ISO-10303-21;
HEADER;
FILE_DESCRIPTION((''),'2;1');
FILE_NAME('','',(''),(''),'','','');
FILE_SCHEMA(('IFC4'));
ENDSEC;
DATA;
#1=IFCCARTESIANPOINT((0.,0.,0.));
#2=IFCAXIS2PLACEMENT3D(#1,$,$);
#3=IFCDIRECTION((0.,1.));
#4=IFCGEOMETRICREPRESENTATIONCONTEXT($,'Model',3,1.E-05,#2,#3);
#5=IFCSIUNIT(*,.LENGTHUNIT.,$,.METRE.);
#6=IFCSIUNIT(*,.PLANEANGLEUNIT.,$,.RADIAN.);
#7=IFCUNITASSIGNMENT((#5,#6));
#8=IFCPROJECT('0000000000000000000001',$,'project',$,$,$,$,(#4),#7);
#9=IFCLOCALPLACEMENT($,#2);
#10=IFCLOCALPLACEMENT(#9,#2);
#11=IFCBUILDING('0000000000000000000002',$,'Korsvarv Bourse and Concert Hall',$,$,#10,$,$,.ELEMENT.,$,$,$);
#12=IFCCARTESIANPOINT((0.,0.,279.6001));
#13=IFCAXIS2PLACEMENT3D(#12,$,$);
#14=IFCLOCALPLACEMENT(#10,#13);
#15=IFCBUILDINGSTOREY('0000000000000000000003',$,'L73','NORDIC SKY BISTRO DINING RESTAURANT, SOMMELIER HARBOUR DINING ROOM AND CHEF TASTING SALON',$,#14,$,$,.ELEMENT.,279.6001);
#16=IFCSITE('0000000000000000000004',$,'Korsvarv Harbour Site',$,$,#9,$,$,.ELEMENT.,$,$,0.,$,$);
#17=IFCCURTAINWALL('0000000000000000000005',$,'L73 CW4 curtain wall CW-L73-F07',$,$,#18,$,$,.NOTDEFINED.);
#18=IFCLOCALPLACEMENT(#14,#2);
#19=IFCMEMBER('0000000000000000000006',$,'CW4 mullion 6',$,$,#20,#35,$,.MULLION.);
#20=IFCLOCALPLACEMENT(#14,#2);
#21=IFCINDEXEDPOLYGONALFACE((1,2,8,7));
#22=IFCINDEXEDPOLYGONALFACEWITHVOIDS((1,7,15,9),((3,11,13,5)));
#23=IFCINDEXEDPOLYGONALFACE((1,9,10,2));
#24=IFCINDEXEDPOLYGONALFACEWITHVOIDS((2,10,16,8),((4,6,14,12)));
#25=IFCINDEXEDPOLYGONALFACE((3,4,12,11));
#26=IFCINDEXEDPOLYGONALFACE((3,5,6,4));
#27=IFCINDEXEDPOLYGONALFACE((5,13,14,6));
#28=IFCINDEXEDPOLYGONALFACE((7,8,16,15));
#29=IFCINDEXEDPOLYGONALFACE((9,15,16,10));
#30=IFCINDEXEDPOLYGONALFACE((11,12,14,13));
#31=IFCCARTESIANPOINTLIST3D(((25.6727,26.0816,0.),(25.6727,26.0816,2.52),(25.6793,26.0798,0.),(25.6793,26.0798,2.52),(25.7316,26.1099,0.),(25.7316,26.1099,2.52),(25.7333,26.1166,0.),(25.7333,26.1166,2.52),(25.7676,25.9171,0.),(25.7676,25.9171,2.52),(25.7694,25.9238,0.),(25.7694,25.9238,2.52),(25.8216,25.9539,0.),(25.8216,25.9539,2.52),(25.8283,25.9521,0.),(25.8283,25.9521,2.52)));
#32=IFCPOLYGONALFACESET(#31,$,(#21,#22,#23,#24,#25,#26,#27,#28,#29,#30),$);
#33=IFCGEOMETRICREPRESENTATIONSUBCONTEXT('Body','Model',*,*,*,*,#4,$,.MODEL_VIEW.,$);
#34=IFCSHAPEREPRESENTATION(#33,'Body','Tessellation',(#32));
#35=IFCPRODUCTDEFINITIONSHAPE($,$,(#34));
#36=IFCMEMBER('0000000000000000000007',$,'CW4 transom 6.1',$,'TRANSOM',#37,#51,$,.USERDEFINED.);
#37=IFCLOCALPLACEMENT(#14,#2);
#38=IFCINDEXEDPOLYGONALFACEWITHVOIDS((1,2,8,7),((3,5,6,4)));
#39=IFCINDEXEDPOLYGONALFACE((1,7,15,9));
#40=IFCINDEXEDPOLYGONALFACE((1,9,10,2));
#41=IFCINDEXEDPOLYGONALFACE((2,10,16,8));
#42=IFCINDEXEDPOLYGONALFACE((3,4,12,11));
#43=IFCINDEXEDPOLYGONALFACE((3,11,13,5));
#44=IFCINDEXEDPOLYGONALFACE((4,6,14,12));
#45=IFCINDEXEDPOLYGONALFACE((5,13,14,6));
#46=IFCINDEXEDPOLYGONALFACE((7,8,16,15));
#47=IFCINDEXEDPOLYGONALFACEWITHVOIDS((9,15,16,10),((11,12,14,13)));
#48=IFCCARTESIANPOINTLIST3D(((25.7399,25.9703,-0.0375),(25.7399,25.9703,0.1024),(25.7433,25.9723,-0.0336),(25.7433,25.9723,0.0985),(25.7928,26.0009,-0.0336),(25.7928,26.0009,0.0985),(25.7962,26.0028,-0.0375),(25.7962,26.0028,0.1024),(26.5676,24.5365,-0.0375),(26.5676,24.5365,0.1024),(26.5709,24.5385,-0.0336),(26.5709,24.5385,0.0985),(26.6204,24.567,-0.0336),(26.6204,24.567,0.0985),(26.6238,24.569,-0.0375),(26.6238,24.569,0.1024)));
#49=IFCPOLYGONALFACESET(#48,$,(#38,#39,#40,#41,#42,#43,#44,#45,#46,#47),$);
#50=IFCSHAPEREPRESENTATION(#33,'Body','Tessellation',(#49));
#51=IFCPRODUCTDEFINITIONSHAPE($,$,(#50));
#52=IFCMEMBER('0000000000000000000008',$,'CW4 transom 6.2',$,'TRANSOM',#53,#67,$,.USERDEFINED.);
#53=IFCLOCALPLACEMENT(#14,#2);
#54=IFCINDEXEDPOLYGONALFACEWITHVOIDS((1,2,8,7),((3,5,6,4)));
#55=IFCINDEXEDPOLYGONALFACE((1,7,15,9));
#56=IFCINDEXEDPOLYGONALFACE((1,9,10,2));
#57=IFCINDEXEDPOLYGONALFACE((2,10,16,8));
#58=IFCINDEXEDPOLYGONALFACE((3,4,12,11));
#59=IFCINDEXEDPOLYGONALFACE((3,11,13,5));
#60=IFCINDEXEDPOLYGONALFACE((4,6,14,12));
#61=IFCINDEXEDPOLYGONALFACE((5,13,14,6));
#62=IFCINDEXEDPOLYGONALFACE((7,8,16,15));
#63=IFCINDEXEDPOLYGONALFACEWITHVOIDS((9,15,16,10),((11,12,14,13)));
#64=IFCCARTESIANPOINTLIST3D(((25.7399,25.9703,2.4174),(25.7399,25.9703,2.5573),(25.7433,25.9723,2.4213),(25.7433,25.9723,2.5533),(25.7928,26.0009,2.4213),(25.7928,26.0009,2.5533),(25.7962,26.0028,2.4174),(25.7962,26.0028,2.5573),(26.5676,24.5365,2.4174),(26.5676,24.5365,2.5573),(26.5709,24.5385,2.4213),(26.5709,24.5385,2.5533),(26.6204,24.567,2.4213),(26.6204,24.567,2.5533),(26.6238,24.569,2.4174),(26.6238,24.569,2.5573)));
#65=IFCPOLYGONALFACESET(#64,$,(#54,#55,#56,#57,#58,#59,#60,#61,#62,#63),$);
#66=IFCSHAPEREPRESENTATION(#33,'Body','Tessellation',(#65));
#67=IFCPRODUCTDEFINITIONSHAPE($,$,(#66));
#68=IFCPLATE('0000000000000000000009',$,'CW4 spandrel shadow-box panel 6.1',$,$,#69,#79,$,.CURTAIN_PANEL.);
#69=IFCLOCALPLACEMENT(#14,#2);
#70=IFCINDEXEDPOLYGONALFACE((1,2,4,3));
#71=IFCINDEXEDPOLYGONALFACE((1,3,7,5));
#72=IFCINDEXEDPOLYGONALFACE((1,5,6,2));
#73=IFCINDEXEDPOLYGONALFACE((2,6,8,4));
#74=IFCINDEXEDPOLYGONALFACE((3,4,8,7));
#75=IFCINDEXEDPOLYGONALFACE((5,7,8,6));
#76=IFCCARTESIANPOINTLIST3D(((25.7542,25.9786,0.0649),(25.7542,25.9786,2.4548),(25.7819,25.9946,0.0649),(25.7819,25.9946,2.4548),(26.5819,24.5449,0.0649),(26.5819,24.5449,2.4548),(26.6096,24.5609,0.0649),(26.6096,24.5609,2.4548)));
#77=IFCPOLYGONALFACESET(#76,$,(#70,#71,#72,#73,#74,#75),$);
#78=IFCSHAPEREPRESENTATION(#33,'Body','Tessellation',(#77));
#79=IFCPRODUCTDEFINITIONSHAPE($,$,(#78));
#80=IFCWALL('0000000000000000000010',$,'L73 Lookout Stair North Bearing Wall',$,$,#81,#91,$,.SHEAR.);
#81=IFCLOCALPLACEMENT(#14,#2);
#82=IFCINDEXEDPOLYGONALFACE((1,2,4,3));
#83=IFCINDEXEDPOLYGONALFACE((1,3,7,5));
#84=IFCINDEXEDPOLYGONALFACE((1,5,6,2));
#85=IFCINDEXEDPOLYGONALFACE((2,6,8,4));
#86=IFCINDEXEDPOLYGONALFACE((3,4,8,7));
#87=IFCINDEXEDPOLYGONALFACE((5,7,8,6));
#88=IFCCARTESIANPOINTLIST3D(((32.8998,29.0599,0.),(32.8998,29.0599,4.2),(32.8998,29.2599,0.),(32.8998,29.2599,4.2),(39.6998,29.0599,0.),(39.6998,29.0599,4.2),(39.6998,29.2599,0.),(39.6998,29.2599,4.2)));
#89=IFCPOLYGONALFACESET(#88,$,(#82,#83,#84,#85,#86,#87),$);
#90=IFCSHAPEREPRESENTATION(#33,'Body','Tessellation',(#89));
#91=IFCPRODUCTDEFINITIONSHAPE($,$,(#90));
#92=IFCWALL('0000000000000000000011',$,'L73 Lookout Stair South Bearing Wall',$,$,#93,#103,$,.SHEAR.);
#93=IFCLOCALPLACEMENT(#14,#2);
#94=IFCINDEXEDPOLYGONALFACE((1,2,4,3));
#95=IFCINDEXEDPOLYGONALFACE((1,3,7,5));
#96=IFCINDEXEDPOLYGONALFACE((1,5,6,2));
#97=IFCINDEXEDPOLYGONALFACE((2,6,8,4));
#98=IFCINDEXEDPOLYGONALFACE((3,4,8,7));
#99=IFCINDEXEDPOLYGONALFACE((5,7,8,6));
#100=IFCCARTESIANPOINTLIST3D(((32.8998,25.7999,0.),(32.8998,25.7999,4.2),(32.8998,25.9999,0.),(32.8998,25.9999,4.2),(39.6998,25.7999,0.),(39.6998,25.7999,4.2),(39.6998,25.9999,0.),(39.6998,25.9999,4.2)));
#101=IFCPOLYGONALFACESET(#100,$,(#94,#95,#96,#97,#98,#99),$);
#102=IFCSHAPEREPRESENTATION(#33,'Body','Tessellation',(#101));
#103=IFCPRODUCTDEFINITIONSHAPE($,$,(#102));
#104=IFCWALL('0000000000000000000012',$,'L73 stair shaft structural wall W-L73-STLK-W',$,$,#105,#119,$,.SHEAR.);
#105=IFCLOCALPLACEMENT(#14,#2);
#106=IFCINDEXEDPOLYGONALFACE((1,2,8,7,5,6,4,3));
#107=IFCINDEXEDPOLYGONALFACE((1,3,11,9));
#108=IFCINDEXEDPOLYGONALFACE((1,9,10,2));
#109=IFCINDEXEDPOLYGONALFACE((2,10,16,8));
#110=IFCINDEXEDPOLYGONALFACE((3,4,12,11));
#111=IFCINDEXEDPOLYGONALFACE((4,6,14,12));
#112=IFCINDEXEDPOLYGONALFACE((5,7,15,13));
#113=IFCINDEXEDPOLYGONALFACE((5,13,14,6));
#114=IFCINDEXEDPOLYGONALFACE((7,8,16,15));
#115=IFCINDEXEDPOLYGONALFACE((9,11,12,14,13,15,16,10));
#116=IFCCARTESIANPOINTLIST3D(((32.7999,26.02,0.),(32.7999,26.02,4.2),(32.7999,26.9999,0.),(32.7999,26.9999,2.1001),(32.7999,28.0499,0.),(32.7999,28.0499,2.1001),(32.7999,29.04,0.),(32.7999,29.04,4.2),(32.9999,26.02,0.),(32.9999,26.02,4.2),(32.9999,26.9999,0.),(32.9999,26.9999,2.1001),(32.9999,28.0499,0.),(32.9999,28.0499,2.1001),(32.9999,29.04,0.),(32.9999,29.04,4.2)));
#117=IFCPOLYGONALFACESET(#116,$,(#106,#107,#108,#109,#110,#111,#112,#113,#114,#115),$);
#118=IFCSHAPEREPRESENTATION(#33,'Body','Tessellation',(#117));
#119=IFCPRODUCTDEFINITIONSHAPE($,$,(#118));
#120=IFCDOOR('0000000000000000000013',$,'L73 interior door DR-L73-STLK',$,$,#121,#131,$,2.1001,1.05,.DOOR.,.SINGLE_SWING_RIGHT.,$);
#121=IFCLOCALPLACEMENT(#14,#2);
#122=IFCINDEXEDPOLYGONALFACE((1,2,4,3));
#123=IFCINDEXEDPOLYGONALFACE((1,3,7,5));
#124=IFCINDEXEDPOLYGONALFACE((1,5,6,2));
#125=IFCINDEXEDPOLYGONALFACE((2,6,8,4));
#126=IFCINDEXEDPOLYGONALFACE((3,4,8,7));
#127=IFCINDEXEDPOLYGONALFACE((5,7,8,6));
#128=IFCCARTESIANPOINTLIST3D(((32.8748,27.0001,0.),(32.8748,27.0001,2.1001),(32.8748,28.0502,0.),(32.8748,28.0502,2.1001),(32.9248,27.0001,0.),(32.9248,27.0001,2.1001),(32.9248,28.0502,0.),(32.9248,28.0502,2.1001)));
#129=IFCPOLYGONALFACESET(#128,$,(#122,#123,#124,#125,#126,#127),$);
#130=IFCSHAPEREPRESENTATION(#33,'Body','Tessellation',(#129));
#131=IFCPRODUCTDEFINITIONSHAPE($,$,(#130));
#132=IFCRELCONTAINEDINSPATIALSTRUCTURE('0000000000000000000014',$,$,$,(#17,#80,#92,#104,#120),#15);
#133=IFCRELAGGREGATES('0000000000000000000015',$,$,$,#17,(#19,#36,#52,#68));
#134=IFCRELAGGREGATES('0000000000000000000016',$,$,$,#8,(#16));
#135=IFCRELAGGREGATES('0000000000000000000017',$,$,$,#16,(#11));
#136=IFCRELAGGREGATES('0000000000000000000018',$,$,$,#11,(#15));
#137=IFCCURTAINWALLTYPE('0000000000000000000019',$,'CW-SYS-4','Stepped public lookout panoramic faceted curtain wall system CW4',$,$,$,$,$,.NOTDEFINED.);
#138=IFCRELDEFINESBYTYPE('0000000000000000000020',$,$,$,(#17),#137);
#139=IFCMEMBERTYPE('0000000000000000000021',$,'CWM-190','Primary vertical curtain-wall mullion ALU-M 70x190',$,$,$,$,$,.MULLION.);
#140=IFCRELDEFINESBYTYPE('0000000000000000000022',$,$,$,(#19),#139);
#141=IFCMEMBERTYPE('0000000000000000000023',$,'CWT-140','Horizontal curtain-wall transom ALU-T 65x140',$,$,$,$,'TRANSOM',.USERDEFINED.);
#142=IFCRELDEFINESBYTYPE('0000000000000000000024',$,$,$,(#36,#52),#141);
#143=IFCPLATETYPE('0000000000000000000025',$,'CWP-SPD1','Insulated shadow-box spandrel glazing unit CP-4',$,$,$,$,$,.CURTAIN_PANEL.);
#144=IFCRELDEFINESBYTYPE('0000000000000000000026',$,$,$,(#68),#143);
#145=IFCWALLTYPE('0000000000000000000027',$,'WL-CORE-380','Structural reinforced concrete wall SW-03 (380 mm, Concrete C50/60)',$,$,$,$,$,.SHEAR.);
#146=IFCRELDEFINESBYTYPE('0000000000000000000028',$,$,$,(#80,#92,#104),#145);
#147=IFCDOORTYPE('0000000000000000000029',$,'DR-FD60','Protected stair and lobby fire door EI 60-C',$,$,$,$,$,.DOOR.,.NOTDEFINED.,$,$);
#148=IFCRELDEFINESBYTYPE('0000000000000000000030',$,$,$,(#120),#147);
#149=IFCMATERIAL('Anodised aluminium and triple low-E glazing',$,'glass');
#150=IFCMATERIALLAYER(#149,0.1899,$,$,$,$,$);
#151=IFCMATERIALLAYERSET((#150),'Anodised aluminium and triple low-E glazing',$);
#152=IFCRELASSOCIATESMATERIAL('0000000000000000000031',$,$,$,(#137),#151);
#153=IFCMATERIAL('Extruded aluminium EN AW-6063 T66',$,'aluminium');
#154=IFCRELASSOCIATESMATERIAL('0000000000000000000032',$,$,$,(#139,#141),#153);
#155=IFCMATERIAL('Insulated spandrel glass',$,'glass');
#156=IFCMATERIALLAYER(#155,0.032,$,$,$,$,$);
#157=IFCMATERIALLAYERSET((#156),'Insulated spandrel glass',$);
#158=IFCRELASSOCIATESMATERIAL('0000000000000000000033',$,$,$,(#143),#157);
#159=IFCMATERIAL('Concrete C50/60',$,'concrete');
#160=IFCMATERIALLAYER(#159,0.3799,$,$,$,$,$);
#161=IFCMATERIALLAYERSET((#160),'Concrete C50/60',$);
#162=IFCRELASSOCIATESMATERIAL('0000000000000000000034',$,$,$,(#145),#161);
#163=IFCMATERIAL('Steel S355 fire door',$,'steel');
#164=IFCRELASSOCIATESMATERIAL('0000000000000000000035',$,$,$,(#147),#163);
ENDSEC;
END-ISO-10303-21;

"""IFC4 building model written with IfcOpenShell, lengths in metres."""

from ifc_helpers import new_model, si_unit, direction, frame, frame_2d, origin, origin_2d, place, context, subcontext, project, spatial, rectangle, hollow_rectangle, extrude, source, transform, mapped, material, layer, layer_set, material_profile, profile_set, type_object, element, fill, aggregate, save


model = new_model("IFC4")

# Units and contexts
model_context = context("Model", 3, precision=1e-05, world=origin(), true_north=direction((0.0, 1.0)))
body_context = subcontext(model_context, "Body", "Model", "MODEL_VIEW")
ifc_project = project(units=[si_unit("LENGTHUNIT", "METRE"), si_unit("PLANEANGLEUNIT", "RADIAN")], contexts=[model_context])

# Site, building, storey
site_placement = place(None, origin())
site = spatial("IfcSite", under=ifc_project, at=site_placement, Name="Korsvarv Harbour Site", CompositionType="ELEMENT", RefElevation=0.0)
building_placement = place(site_placement, origin())
building = spatial("IfcBuilding", under=site, at=building_placement, Name="Korsvarv Bourse and Concert Hall", CompositionType="ELEMENT")
storey_placement = place(building_placement, frame((0.0, 0.0, 279.6001)))
storey = spatial("IfcBuildingStorey", under=building, at=storey_placement, Name="L73", Description="NORDIC SKY BISTRO DINING RESTAURANT, SOMMELIER HARBOUR DINING ROOM AND CHEF TASTING SALON", CompositionType="ELEMENT", Elevation=279.6001)

# Curtain wall, members, plate
ifc_material_1 = material(Name="Anodised aluminium and triple low-E glazing", Category="glass")
ifc_layer_1 = layer(ifc_material_1, 0.1899)
ifc_layer_set_1 = layer_set([ifc_layer_1], Name="Anodised aluminium and triple low-E glazing")
curtain_wall_type = type_object("IfcCurtainWallType", Name="CW-SYS-4", Description="Stepped public lookout panoramic faceted curtain wall system CW4", PredefinedType="NOTDEFINED", material=ifc_layer_set_1)
curtain_wall_placement = place(storey_placement, origin())
curtain_wall = element("IfcCurtainWall", 1, at=curtain_wall_placement, inside=storey, type_object=curtain_wall_type, Name="L73 CW4 curtain wall CW-L73-F07", PredefinedType="NOTDEFINED")
ifc_material_2 = material(Name="Extruded aluminium EN AW-6063 T66", Category="aluminium")
ifc_material_profile_1 = material_profile(ifc_material_2, hollow_rectangle(XDim=0.0701, YDim=0.1899, WallThickness=0.0049, at=origin_2d()), Name="ALU-M 70x190")
ifc_profile_set_1 = profile_set([ifc_material_profile_1], Name="Extruded aluminium EN AW-6063 T66")
member_type_1 = type_object("IfcMemberType", Name="CWM-190", Description="Primary vertical curtain-wall mullion ALU-M 70x190", PredefinedType="MULLION", material=ifc_profile_set_1)
shared_shape_1 = source(origin(), body_context, "Body", "SweptSolid", [
    extrude(hollow_rectangle(XDim=0.0701, YDim=0.1899, WallThickness=0.0049, at=origin_2d()), origin(), (0.0, 0.0, 1.0), 2.52),
])
member_1_placement = place(storey_placement, frame((25.7505, 26.0168, 0.0), z_axis=(0.0, 0.0, 1.0), x_axis=(0.866027, 0.499998, 0.0)))
member_1 = element("IfcMember", 2, at=member_1_placement, type_object=member_type_1, Name="CW4 mullion 6", PredefinedType="MULLION", context=body_context, shape_type="MappedRepresentation", body=[
    mapped(shared_shape_1, transform((0.0, 0.0, 0.0), scale=1.0)),
])
ifc_material_profile_2 = material_profile(ifc_material_2, hollow_rectangle(XDim=0.0649, YDim=0.1399, WallThickness=0.0039, at=origin_2d()), Name="ALU-T 65x140")
ifc_profile_set_2 = profile_set([ifc_material_profile_2], Name="Extruded aluminium EN AW-6063 T66")
member_type_2 = type_object("IfcMemberType", Name="CWT-140", Description="Horizontal curtain-wall transom ALU-T 65x140", ElementType="TRANSOM", PredefinedType="USERDEFINED", material=ifc_profile_set_2)
shared_shape_2 = source(origin(), body_context, "Body", "SweptSolid", [
    extrude(hollow_rectangle(XDim=0.0649, YDim=0.1399, WallThickness=0.0039, at=origin_2d()), origin(), (0.0, 0.0, 1.0), 1.6555),
])
member_2_placement = place(storey_placement, frame((25.7681, 25.9866, 0.0325), z_axis=(0.499914, -0.866075, 0.0), x_axis=(0.866075, 0.499914, 0.0)))
member_2 = element("IfcMember", 3, at=member_2_placement, type_object=member_type_2, Name="CW4 transom 6.1", ObjectType="TRANSOM", PredefinedType="USERDEFINED", context=body_context, shape_type="MappedRepresentation", body=[
    mapped(shared_shape_2, transform((0.0, 0.0, 0.0), scale=1.0)),
])
member_3_placement = place(storey_placement, frame((25.7681, 25.9866, 2.4873), z_axis=(0.499914, -0.866075, 0.0), x_axis=(0.866075, 0.499914, 0.0)))
member_3 = element("IfcMember", 4, at=member_3_placement, type_object=member_type_2, Name="CW4 transom 6.2", ObjectType="TRANSOM", PredefinedType="USERDEFINED", context=body_context, shape_type="MappedRepresentation", body=[
    mapped(shared_shape_2, transform((0.0, 0.0, 0.0), scale=1.0)),
])
ifc_material_3 = material(Name="Insulated spandrel glass", Category="glass")
ifc_layer_2 = layer(ifc_material_3, 0.032)
ifc_layer_set_2 = layer_set([ifc_layer_2], Name="Insulated spandrel glass")
plate_type = type_object("IfcPlateType", Name="CWP-SPD1", Description="Insulated shadow-box spandrel glazing unit CP-4", PredefinedType="CURTAIN_PANEL", material=ifc_layer_set_2)
shared_shape_3 = source(origin(), body_context, "Body", "SweptSolid", [
    extrude(rectangle(XDim=1.6555, YDim=0.032, at=origin_2d()), origin(), (0.0, 0.0, 1.0), 2.3899),
])
plate_placement = place(storey_placement, frame((26.1819, 25.2698, 0.0649), z_axis=(0.0, 0.0, 1.0), x_axis=(0.499998, -0.866027, 0.0)))
plate = element("IfcPlate", 5, at=plate_placement, type_object=plate_type, Name="CW4 spandrel shadow-box panel 6.1", PredefinedType="CURTAIN_PANEL", context=body_context, shape_type="MappedRepresentation", body=[
    mapped(shared_shape_3, transform((0.0, 0.0, 0.0), scale=1.0)),
])
aggregate(curtain_wall, [member_1, member_2, member_3, plate])

# Walls
ifc_material_4 = material(Name="Concrete C50/60", Category="concrete")
ifc_layer_3 = layer(ifc_material_4, 0.3799)
ifc_layer_set_3 = layer_set([ifc_layer_3], Name="Concrete C50/60")
wall_type_1 = type_object("IfcWallType", Name="WL-CORE-380", Description="Structural reinforced concrete wall SW-03 (380 mm, Concrete C50/60)", PredefinedType="SHEAR", material=ifc_layer_set_3)
for number, where, z_axis, x_axis, name in (
    (6, (32.8999, 29.1599, 0.0), (0.0, 0.0, 1.0), (1.0, 0.0, 0.0), "L73 Lookout Stair North Bearing Wall"),
    (7, (32.8999, 25.8999, 0.0), (0.0, 0.0, 1.0), (1.0, 0.0, 0.0), "L73 Lookout Stair South Bearing Wall"),
):
    element("IfcWall", number, at=place(storey_placement, frame(where, z_axis=z_axis, x_axis=x_axis)), inside=storey, type_object=wall_type_1, Name=name, PredefinedType="SHEAR", context=body_context, shape_type="SweptSolid", body=[
        extrude(rectangle(XDim=6.8, YDim=0.2, at=frame_2d((3.3999, 0.0))), origin(), (0.0, 0.0, 1.0), 4.2),
    ])

# Wall, opening, door
wall_1_placement = place(storey_placement, frame((32.8999, 26.02, 0.0), z_axis=(0.0, 0.0, 1.0), x_axis=(0.0, 1.0, 0.0)))
wall_1 = element("IfcWall", 8, at=wall_1_placement, inside=storey, type_object=wall_type_1, Name="L73 stair shaft structural wall W-L73-STLK-W", PredefinedType="SHEAR", context=body_context, shape_type="SweptSolid", body=[
    extrude(rectangle(XDim=3.02, YDim=0.2, at=frame_2d((1.51, 0.0))), origin(), (0.0, 0.0, 1.0), 4.2),
])
opening_1_placement = place(wall_1_placement, frame((0.98, 0.0, 0.0)))
opening_1 = element("IfcOpeningElement", 9, at=opening_1_placement, cuts=wall_1, PredefinedType="OPENING", context=body_context, shape_type="SweptSolid", body=[
    extrude(rectangle(XDim=1.05, YDim=2.1001, at=frame_2d((0.5249, 1.05))), frame((0.0, 0.1099, 0.0), z_axis=(0.0, -1.0, 0.0), x_axis=(1.0, 0.0, 0.0)), (0.0, 0.0, 1.0), 0.22),
])
ifc_material_5 = material(Name="Steel S355 fire door", Category="steel")
door_type_1 = type_object("IfcDoorType", Name="DR-FD60", Description="Protected stair and lobby fire door EI 60-C", OperationType="NOTDEFINED", PredefinedType="DOOR", material=ifc_material_5)
door_1_placement = place(opening_1_placement, frame((1.05, 0.0, 0.0), z_axis=(0.0, 0.0, 1.0), x_axis=(-1.0, 0.0, 0.0)))
door_1 = element("IfcDoor", 10, at=door_1_placement, inside=storey, type_object=door_type_1, Name="L73 interior door DR-L73-STLK", OperationType="SINGLE_SWING_RIGHT", OverallHeight=2.1001, OverallWidth=1.05, PredefinedType="DOOR", context=body_context, shape_type="SweptSolid", body=[
    extrude(rectangle(XDim=1.05, YDim=2.1001, at=frame_2d((0.5249, 1.05))), frame((0.0, 0.0249, 0.0), z_axis=(0.0, -1.0, 0.0), x_axis=(1.0, 0.0, 0.0)), (0.0, 0.0, 1.0), 0.05),
])
fill(opening_1, door_1)

save(model, "model.ifc")
